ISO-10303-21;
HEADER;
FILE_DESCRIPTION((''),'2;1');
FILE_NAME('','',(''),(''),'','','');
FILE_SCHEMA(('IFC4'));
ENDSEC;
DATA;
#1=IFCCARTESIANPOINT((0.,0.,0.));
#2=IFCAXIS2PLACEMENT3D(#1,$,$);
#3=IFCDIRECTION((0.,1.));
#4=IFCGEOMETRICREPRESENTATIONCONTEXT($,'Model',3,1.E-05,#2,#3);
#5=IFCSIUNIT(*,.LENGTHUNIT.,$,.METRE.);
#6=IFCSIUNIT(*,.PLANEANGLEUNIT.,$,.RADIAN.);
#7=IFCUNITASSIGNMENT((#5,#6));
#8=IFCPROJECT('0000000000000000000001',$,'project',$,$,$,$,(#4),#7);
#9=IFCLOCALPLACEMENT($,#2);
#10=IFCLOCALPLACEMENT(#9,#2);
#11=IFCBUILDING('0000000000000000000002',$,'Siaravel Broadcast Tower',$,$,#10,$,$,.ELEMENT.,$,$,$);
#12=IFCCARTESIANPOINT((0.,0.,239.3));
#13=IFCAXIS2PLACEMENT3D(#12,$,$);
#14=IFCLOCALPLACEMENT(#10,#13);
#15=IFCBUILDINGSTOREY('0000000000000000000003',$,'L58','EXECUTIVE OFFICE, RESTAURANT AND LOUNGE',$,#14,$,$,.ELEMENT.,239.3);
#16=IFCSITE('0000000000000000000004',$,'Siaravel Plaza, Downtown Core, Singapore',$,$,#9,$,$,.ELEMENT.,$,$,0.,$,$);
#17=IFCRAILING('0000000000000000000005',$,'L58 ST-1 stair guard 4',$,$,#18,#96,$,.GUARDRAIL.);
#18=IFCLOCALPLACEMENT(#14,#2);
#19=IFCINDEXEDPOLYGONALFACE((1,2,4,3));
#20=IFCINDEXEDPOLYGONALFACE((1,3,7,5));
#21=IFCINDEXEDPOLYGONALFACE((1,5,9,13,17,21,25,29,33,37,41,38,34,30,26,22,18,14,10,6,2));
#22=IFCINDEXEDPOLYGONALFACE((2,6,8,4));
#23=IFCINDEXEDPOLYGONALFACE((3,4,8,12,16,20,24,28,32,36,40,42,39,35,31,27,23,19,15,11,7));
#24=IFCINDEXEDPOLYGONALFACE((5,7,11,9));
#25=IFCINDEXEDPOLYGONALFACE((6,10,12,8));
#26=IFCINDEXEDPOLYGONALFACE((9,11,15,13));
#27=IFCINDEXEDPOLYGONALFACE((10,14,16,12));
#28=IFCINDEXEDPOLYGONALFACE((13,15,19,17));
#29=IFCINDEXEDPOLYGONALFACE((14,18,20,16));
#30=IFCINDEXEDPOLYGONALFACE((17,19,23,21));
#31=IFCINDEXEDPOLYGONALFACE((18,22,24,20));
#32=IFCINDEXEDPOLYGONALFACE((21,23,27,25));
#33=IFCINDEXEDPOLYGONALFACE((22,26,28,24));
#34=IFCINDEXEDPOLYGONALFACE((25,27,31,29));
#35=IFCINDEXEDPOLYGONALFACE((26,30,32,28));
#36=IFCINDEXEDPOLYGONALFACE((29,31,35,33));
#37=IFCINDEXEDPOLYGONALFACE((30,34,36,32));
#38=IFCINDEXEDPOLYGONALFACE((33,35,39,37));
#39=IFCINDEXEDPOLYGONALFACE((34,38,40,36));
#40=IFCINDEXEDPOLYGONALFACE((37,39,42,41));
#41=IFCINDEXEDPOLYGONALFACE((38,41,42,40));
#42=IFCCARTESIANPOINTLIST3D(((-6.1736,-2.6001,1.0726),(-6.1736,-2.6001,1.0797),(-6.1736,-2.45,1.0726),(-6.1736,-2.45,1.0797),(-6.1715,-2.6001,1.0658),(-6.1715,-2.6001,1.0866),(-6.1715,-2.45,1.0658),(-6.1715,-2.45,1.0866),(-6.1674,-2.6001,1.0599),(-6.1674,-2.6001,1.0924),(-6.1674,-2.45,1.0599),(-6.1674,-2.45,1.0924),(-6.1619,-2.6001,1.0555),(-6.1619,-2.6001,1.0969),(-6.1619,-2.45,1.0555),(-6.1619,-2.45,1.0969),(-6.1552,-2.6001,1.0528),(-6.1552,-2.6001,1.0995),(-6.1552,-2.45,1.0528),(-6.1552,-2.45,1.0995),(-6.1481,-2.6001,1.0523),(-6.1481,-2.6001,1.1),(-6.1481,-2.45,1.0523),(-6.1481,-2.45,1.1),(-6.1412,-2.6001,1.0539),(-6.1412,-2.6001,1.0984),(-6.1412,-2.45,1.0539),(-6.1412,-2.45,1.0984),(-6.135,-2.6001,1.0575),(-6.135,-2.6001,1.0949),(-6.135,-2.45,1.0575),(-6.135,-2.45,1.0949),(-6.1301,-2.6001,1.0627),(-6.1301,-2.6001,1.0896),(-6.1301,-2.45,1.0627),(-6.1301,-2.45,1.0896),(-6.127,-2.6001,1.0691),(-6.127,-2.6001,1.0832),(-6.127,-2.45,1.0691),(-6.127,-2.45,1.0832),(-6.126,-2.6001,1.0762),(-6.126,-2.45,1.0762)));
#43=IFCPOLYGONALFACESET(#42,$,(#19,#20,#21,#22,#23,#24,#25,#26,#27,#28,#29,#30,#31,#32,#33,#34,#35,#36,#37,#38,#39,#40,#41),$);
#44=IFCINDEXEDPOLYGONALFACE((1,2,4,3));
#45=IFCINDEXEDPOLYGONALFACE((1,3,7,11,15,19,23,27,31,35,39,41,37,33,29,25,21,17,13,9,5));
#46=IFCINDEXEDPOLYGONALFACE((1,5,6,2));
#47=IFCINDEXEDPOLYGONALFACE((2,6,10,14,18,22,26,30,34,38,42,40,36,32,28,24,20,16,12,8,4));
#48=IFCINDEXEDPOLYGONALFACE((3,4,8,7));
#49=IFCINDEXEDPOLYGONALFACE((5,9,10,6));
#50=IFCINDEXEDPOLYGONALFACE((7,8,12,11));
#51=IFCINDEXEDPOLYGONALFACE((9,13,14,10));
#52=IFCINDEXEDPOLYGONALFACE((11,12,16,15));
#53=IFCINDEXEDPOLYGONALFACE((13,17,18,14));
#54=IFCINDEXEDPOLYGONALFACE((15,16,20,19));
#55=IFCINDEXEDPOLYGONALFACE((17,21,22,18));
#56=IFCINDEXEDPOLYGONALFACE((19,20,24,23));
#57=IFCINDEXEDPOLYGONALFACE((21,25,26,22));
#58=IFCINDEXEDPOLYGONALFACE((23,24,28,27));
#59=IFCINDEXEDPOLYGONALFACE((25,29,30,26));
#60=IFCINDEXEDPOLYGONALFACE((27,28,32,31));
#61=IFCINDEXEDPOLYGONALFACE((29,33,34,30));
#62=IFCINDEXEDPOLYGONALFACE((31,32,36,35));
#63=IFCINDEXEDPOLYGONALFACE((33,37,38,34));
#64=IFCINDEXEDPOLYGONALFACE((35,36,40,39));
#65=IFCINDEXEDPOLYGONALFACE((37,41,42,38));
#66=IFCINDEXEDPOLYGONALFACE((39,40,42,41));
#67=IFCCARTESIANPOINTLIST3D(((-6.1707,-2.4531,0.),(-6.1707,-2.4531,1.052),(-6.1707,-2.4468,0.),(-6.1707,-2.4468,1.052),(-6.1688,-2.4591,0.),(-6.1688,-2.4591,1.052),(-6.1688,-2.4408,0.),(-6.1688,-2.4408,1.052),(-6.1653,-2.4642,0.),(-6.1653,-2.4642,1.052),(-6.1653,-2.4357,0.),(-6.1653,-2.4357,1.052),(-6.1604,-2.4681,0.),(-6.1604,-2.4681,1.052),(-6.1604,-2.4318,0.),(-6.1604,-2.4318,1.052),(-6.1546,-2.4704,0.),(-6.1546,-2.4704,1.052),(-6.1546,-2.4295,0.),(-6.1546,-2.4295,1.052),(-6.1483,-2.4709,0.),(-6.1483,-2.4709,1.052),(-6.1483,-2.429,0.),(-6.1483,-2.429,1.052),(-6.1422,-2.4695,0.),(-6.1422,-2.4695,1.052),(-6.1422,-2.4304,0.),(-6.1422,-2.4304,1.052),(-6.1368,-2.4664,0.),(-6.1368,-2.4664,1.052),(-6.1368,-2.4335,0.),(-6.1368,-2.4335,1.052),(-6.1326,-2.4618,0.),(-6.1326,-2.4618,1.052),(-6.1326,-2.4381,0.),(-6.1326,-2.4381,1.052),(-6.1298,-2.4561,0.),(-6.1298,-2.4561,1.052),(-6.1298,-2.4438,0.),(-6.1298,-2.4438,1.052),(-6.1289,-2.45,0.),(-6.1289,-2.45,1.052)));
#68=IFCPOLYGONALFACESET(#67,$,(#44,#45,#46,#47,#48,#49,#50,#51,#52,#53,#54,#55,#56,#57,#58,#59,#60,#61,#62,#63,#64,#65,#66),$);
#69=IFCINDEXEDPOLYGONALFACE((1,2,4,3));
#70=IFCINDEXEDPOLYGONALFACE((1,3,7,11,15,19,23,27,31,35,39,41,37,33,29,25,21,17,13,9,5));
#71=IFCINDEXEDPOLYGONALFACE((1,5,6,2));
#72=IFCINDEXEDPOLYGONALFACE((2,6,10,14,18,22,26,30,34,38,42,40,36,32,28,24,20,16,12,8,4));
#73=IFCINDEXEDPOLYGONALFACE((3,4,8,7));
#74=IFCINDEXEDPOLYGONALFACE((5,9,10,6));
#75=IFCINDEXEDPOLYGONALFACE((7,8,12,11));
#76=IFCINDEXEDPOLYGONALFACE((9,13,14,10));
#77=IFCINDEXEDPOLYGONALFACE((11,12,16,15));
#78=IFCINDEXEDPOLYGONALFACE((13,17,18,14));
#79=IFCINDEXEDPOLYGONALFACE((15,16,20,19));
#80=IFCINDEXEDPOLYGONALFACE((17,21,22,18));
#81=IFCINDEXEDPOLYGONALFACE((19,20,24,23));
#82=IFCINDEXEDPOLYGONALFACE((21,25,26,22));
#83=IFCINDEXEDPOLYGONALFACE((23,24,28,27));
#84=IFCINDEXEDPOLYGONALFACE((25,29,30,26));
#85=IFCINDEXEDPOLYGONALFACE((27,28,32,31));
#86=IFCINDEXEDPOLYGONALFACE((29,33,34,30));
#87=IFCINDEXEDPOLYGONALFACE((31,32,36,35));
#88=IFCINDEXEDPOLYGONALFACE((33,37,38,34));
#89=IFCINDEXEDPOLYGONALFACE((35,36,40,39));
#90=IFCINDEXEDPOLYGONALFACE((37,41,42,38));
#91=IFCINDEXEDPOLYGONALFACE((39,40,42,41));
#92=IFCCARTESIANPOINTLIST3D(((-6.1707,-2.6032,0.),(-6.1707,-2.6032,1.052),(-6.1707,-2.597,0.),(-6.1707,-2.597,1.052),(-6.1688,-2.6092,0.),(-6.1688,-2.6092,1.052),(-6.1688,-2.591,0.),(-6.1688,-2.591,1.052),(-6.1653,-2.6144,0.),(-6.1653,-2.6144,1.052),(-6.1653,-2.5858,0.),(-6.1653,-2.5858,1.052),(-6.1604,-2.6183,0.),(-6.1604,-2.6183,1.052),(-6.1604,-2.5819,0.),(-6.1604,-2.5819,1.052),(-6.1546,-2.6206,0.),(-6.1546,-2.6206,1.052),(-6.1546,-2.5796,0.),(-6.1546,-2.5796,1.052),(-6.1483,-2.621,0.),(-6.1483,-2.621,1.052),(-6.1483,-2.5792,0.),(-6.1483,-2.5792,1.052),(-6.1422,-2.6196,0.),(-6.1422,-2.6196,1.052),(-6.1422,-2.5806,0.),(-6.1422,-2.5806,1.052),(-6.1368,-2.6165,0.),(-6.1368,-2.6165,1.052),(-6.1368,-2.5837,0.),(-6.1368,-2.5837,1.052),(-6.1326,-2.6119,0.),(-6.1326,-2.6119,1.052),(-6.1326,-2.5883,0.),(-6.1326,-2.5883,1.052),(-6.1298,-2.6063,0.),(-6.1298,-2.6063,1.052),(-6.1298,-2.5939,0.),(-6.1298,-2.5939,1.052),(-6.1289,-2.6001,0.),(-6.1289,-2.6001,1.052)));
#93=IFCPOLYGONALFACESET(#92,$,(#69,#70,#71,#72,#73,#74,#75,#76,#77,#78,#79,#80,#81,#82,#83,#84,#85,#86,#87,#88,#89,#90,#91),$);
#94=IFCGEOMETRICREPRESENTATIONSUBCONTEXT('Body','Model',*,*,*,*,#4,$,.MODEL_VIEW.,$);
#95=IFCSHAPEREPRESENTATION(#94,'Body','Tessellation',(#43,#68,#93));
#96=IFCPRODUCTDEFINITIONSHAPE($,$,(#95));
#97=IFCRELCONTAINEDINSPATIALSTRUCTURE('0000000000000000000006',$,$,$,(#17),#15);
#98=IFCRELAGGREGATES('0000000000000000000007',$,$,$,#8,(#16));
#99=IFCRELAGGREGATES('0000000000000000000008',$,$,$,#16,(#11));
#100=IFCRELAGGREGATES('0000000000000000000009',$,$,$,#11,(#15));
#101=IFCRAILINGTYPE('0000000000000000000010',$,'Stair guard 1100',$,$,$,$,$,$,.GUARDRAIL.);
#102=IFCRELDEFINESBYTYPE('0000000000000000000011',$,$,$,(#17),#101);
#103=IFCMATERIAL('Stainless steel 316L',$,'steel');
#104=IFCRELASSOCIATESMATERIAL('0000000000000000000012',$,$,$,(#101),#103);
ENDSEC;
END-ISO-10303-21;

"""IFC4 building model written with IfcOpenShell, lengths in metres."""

from ifc_helpers import new_model, si_unit, direction, frame, origin, origin_2d, place, context, subcontext, project, spatial, circle, extrude, material, type_object, element, save


model = new_model("IFC4")

# Units and contexts
model_context = context("Model", 3, precision=1e-05, world=origin(), true_north=direction((0.0, 1.0)))
body_context = subcontext(model_context, "Body", "Model", "MODEL_VIEW")
ifc_project = project(units=[si_unit("LENGTHUNIT", "METRE"), si_unit("PLANEANGLEUNIT", "RADIAN")], contexts=[model_context])

# Site, building, storey
site_placement = place(None, origin())
site = spatial("IfcSite", under=ifc_project, at=site_placement, Name="Siaravel Plaza, Downtown Core, Singapore", CompositionType="ELEMENT", RefElevation=0.0)
building_placement = place(site_placement, origin())
building = spatial("IfcBuilding", under=site, at=building_placement, Name="Siaravel Broadcast Tower", CompositionType="ELEMENT")
storey_placement = place(building_placement, frame((0.0, 0.0, 239.3)))
storey = spatial("IfcBuildingStorey", under=building, at=storey_placement, Name="L58", Description="EXECUTIVE OFFICE, RESTAURANT AND LOUNGE", CompositionType="ELEMENT", Elevation=239.3)

# Shared definitions
ifc_material_1 = material(Name="Stainless steel 316L", Category="steel")

# Railing
railing_type_1 = type_object("IfcRailingType", Name="Stair guard 1100", PredefinedType="GUARDRAIL", material=ifc_material_1)
railing_1_placement = place(storey_placement, frame((-6.1499, -2.45, 0.0)))
element("IfcRailing", 1, at=railing_1_placement, inside=storey, type_object=railing_type_1, Name="L58 ST-1 stair guard 4", PredefinedType="GUARDRAIL", context=body_context, shape_type="SweptSolid", body=[
    extrude(circle(Radius=0.0239, at=origin_2d()), frame((0.0, 0.0, 1.0762), z_axis=(0.0, -1.0, 0.0), x_axis=(1.0, 0.0, 0.0)), (0.0, 0.0, 1.0), 0.1501),
    extrude(circle(Radius=0.021, at=origin_2d()), origin(), (0.0, 0.0, 1.0), 1.052),
    extrude(circle(Radius=0.021, at=origin_2d()), frame((0.0, -0.1501, 0.0)), (0.0, 0.0, 1.0), 1.052),
])

save(model, "model.ifc")
